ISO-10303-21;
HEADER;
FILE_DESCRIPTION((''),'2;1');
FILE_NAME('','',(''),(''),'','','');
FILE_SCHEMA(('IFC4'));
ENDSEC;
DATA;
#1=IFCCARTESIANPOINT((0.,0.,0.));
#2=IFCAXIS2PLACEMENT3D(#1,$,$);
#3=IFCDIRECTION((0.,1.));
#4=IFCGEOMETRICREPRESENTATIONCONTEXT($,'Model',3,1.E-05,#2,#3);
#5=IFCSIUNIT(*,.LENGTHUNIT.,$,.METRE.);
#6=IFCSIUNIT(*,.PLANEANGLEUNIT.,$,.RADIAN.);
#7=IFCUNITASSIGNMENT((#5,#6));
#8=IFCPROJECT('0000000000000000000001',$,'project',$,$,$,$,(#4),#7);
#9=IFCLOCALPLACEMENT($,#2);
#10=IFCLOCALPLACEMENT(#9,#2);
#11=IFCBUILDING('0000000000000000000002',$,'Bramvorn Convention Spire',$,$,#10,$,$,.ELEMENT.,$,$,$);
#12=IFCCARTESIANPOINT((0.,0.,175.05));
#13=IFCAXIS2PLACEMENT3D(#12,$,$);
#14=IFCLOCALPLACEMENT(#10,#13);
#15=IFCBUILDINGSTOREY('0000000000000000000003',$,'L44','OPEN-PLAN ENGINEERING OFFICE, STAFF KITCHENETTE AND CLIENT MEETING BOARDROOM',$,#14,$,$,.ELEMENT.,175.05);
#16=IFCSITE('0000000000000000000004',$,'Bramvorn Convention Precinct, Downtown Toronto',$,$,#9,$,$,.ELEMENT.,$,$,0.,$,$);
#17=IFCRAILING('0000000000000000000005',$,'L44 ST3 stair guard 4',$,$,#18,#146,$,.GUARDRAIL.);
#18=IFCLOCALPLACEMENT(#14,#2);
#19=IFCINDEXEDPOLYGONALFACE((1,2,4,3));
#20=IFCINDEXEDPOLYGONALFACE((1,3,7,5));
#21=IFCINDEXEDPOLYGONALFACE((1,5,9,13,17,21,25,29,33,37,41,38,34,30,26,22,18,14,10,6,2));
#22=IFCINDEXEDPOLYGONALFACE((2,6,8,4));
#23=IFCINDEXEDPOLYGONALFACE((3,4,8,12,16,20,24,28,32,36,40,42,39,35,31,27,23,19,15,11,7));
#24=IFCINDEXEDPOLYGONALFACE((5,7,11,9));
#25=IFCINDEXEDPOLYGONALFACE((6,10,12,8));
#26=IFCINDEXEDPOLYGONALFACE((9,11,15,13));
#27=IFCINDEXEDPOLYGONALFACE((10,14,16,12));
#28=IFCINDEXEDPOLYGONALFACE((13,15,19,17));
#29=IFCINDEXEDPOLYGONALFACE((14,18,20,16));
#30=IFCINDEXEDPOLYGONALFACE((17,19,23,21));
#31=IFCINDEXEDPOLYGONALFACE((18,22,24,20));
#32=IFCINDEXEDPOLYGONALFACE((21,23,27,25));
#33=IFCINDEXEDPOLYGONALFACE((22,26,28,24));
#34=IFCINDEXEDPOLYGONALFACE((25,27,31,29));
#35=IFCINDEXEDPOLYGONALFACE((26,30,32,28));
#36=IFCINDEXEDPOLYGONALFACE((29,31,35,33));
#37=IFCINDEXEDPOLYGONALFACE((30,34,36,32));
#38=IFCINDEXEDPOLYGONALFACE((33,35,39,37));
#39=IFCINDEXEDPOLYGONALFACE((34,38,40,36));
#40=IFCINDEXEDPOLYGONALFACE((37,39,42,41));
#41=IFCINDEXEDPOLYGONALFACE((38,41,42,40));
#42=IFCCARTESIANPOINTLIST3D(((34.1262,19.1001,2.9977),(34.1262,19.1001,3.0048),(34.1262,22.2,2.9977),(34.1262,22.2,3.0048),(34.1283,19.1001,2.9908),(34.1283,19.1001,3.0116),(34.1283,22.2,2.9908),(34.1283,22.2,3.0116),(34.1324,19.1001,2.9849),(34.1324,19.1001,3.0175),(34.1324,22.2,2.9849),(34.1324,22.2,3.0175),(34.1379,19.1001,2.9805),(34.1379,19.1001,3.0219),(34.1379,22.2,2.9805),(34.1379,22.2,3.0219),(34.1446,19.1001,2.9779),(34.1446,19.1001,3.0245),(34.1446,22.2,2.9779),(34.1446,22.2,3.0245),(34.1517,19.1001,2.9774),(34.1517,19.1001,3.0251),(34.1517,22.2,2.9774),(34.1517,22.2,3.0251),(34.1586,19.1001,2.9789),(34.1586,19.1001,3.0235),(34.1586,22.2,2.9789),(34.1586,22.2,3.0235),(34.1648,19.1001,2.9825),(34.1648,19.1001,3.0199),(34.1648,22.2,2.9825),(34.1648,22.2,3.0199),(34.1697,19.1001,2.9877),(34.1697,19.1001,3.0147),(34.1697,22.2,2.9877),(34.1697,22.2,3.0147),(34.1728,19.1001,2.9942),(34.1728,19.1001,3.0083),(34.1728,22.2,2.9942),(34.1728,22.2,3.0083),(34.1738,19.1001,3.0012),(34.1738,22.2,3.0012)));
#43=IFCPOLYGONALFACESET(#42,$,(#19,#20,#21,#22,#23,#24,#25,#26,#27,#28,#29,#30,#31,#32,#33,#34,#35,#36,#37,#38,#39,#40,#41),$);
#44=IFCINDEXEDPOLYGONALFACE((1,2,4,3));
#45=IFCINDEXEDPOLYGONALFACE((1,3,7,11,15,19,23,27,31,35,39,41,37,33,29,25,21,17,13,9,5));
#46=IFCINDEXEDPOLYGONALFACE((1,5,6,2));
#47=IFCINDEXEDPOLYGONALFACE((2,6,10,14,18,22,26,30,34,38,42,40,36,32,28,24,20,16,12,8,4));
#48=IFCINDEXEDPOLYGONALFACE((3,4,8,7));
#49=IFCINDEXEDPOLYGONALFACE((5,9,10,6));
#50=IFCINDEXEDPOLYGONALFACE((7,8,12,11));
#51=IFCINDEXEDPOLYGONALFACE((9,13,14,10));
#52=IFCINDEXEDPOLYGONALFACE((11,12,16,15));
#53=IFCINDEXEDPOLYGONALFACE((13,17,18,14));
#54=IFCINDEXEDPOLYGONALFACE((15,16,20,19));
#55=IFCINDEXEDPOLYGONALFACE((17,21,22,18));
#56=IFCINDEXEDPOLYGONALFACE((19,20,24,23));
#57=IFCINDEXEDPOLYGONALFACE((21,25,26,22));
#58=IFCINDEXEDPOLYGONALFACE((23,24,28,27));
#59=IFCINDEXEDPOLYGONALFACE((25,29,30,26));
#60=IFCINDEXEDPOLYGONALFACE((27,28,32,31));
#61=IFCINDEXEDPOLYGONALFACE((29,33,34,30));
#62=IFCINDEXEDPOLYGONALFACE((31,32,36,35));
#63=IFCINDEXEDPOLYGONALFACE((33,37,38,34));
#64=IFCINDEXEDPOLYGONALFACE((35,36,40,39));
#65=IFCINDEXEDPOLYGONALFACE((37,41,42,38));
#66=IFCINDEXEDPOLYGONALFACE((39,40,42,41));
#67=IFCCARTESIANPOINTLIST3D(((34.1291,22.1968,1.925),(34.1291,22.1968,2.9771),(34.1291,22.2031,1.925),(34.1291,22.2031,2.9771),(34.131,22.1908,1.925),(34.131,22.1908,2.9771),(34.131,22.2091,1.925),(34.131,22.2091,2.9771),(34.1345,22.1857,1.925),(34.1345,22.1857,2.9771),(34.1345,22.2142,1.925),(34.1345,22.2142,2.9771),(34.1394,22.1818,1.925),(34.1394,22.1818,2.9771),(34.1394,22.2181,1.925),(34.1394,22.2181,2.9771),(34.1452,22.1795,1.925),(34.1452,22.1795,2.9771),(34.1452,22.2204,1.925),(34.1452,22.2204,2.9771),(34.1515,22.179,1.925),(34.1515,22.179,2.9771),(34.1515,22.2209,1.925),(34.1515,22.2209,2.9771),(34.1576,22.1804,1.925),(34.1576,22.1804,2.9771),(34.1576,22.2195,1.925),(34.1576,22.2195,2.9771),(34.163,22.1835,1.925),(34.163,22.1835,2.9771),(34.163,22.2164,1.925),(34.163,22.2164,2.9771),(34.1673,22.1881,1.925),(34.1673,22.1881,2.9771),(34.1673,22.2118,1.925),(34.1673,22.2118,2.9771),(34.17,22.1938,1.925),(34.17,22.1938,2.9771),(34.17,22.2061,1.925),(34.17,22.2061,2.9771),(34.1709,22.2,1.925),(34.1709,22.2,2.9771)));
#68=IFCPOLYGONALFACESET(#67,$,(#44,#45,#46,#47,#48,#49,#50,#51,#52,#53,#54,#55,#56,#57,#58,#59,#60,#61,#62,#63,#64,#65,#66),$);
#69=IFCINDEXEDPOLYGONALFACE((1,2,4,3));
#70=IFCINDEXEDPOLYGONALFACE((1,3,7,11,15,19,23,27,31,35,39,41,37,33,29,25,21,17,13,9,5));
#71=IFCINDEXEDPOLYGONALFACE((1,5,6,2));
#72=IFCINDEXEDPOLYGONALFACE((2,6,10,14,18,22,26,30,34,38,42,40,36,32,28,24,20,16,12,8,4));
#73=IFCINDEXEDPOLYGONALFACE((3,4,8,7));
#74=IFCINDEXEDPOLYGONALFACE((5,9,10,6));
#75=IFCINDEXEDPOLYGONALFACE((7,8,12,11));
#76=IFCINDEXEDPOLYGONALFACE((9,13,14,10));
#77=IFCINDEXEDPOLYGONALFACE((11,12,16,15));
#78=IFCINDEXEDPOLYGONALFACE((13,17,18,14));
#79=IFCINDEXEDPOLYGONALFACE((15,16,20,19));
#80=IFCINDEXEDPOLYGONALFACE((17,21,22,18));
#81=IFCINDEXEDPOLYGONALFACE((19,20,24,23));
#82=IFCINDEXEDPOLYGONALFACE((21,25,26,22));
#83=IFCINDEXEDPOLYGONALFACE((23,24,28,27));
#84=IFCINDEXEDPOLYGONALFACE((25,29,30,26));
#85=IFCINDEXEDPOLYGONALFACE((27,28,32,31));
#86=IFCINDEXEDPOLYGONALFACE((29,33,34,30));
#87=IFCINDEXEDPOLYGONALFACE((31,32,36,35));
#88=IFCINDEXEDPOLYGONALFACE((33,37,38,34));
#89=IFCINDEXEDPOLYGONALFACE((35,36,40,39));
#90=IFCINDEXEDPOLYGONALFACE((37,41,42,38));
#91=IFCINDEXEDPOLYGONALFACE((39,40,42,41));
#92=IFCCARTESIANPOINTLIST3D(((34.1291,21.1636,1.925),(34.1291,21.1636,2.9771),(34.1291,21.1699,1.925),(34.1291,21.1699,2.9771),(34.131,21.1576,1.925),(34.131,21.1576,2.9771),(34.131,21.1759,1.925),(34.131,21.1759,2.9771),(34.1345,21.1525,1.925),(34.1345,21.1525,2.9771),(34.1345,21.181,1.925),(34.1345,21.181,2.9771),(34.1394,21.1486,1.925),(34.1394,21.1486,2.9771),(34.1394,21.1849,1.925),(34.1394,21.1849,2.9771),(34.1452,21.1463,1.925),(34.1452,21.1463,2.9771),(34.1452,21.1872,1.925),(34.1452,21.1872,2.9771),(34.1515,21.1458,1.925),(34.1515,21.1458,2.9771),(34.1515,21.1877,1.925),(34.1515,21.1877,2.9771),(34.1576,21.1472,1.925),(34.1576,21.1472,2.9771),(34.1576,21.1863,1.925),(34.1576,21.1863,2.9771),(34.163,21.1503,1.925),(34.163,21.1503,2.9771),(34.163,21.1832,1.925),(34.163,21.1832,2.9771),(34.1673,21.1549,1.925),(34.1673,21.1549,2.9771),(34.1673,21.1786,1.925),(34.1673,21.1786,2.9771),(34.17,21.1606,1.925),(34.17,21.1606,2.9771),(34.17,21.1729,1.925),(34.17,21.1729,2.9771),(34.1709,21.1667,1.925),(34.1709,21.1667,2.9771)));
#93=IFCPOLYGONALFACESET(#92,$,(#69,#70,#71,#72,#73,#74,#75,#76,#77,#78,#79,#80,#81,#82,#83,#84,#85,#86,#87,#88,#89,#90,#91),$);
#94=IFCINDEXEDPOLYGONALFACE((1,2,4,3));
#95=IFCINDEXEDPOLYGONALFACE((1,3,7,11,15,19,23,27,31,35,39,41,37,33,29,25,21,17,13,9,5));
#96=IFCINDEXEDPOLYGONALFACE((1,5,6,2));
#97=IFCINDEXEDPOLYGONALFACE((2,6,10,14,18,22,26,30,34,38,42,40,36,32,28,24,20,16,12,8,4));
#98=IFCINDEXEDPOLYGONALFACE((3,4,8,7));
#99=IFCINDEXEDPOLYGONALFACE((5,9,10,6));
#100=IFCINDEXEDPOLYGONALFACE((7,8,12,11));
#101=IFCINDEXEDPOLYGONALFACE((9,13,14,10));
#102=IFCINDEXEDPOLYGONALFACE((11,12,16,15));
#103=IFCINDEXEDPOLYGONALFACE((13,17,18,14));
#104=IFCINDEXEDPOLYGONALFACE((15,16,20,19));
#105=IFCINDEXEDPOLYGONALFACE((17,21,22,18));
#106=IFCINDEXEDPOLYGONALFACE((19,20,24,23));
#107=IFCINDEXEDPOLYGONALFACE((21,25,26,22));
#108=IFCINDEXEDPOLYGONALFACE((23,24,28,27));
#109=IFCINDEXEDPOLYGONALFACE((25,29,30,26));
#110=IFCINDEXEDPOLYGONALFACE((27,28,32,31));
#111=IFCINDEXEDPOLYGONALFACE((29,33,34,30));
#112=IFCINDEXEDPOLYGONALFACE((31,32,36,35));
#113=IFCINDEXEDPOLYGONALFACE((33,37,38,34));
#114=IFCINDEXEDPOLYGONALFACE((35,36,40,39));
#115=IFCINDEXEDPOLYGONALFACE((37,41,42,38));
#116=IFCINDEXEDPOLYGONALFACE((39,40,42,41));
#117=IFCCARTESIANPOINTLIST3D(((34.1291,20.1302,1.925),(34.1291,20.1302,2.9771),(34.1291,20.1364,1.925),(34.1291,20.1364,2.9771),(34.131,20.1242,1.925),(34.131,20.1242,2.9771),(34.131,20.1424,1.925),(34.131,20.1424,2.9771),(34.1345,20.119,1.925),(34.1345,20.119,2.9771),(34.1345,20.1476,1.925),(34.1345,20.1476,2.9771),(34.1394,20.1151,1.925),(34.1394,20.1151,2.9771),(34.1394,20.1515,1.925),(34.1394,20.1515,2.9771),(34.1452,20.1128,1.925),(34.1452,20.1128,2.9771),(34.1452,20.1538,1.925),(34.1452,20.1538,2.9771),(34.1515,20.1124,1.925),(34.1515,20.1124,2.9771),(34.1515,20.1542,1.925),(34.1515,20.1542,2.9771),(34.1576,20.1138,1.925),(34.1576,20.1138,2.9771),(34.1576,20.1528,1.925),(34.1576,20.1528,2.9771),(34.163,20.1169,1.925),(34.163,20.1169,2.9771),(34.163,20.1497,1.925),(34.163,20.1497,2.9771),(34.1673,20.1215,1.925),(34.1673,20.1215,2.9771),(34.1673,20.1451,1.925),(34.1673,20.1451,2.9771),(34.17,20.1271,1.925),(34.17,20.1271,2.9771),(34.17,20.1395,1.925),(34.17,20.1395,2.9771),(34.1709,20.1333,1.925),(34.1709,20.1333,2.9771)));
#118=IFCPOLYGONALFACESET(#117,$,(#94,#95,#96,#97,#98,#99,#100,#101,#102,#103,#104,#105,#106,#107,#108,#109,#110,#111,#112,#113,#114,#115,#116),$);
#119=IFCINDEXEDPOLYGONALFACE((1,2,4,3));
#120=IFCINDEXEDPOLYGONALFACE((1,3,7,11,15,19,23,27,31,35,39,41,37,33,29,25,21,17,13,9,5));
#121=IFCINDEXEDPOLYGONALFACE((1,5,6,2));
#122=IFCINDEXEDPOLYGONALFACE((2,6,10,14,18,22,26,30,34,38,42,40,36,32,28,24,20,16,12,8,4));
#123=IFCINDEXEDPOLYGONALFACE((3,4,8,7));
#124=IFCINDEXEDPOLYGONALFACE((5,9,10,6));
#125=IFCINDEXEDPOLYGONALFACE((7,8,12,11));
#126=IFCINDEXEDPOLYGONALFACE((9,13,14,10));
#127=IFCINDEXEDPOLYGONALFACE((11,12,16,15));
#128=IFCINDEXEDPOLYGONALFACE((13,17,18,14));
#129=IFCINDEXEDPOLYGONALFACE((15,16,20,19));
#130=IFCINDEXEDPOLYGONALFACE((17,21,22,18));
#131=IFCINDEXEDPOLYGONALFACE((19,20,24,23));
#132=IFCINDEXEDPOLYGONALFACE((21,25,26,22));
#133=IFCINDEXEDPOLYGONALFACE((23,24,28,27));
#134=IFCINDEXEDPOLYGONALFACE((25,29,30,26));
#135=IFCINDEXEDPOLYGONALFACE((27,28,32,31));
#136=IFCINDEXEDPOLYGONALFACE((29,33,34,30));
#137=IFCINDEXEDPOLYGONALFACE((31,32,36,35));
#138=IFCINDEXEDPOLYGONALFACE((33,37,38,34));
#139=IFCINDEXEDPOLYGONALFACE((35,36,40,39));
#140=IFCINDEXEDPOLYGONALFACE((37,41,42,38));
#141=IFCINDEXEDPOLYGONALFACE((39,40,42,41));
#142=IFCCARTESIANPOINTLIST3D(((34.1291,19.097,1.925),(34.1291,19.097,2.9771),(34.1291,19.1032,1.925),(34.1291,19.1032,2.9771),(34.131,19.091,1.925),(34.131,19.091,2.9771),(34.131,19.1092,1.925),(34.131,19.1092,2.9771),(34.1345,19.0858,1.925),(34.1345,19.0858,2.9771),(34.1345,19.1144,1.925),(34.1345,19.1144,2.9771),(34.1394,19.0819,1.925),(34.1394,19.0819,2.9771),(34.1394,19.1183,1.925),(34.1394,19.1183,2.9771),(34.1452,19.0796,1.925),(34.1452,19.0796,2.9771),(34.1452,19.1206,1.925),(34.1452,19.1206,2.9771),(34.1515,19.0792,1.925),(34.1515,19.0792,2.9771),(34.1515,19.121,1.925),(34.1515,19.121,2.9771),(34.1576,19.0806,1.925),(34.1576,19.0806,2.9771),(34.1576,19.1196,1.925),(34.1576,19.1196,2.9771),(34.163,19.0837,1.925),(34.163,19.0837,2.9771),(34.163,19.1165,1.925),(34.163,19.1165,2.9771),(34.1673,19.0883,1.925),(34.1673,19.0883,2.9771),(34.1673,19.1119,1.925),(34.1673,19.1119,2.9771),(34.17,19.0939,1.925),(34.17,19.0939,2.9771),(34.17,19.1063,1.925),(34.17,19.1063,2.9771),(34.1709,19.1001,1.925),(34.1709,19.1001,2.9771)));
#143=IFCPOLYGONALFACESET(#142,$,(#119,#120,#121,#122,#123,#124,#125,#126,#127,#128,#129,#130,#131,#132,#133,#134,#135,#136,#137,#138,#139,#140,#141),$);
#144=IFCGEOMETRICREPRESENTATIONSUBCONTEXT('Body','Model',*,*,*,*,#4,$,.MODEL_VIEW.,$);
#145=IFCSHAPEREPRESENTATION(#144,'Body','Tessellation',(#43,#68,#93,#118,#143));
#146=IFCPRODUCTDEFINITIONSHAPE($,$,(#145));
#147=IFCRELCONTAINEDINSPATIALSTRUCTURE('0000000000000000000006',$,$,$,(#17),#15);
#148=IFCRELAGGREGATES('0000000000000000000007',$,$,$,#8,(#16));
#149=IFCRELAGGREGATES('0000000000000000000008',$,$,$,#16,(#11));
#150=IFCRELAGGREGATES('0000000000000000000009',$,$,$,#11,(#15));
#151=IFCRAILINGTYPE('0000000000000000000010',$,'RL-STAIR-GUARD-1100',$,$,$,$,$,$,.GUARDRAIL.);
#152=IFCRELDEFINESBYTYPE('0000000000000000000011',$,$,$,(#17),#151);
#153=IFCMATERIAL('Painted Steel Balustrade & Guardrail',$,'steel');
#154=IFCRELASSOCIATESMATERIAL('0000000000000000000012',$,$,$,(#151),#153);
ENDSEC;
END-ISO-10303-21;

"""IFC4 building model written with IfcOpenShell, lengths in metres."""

from ifc_helpers import new_model, si_unit, direction, frame, origin, origin_2d, place, context, subcontext, project, spatial, circle, extrude, material, type_object, element, save


model = new_model("IFC4")

# Units and contexts
model_context = context("Model", 3, precision=1e-05, world=origin(), true_north=direction((0.0, 1.0)))
body_context = subcontext(model_context, "Body", "Model", "MODEL_VIEW")
ifc_project = project(units=[si_unit("LENGTHUNIT", "METRE"), si_unit("PLANEANGLEUNIT", "RADIAN")], contexts=[model_context])

# Site, building, storey
site_placement = place(None, origin())
site = spatial("IfcSite", under=ifc_project, at=site_placement, Name="Bramvorn Convention Precinct, Downtown Toronto", CompositionType="ELEMENT", RefElevation=0.0)
building_placement = place(site_placement, origin())
building = spatial("IfcBuilding", under=site, at=building_placement, Name="Bramvorn Convention Spire", CompositionType="ELEMENT")
storey_placement = place(building_placement, frame((0.0, 0.0, 175.05)))
storey = spatial("IfcBuildingStorey", under=building, at=storey_placement, Name="L44", Description="OPEN-PLAN ENGINEERING OFFICE, STAFF KITCHENETTE AND CLIENT MEETING BOARDROOM", CompositionType="ELEMENT", Elevation=175.05)

# Railing
ifc_material_1 = material(Name="Painted Steel Balustrade & Guardrail", Category="steel")
railing_type_1 = type_object("IfcRailingType", Name="RL-STAIR-GUARD-1100", PredefinedType="GUARDRAIL", material=ifc_material_1)
for number, where, name in (
    (1, (34.1499, 22.2, 1.925), "L44 ST3 stair guard 4"),
):
    element("IfcRailing", number, at=place(storey_placement, frame(where)), inside=storey, type_object=railing_type_1, Name=name, PredefinedType="GUARDRAIL", context=body_context, shape_type="SweptSolid", body=[
        extrude(circle(Radius=0.0239, at=origin_2d()), frame((0.0, 0.0, 1.0762), z_axis=(0.0, -1.0, 0.0), x_axis=(1.0, 0.0, 0.0)), (0.0, 0.0, 1.0), 3.0999),
        extrude(circle(Radius=0.021, at=origin_2d()), origin(), (0.0, 0.0, 1.0), 1.052),
        extrude(circle(Radius=0.021, at=origin_2d()), frame((0.0, -1.0332, 0.0)), (0.0, 0.0, 1.0), 1.052),
        extrude(circle(Radius=0.021, at=origin_2d()), frame((0.0, -2.0667, 0.0)), (0.0, 0.0, 1.0), 1.052),
        extrude(circle(Radius=0.021, at=origin_2d()), frame((0.0, -3.0999, 0.0)), (0.0, 0.0, 1.0), 1.052),
    ])

save(model, "model.ifc")
